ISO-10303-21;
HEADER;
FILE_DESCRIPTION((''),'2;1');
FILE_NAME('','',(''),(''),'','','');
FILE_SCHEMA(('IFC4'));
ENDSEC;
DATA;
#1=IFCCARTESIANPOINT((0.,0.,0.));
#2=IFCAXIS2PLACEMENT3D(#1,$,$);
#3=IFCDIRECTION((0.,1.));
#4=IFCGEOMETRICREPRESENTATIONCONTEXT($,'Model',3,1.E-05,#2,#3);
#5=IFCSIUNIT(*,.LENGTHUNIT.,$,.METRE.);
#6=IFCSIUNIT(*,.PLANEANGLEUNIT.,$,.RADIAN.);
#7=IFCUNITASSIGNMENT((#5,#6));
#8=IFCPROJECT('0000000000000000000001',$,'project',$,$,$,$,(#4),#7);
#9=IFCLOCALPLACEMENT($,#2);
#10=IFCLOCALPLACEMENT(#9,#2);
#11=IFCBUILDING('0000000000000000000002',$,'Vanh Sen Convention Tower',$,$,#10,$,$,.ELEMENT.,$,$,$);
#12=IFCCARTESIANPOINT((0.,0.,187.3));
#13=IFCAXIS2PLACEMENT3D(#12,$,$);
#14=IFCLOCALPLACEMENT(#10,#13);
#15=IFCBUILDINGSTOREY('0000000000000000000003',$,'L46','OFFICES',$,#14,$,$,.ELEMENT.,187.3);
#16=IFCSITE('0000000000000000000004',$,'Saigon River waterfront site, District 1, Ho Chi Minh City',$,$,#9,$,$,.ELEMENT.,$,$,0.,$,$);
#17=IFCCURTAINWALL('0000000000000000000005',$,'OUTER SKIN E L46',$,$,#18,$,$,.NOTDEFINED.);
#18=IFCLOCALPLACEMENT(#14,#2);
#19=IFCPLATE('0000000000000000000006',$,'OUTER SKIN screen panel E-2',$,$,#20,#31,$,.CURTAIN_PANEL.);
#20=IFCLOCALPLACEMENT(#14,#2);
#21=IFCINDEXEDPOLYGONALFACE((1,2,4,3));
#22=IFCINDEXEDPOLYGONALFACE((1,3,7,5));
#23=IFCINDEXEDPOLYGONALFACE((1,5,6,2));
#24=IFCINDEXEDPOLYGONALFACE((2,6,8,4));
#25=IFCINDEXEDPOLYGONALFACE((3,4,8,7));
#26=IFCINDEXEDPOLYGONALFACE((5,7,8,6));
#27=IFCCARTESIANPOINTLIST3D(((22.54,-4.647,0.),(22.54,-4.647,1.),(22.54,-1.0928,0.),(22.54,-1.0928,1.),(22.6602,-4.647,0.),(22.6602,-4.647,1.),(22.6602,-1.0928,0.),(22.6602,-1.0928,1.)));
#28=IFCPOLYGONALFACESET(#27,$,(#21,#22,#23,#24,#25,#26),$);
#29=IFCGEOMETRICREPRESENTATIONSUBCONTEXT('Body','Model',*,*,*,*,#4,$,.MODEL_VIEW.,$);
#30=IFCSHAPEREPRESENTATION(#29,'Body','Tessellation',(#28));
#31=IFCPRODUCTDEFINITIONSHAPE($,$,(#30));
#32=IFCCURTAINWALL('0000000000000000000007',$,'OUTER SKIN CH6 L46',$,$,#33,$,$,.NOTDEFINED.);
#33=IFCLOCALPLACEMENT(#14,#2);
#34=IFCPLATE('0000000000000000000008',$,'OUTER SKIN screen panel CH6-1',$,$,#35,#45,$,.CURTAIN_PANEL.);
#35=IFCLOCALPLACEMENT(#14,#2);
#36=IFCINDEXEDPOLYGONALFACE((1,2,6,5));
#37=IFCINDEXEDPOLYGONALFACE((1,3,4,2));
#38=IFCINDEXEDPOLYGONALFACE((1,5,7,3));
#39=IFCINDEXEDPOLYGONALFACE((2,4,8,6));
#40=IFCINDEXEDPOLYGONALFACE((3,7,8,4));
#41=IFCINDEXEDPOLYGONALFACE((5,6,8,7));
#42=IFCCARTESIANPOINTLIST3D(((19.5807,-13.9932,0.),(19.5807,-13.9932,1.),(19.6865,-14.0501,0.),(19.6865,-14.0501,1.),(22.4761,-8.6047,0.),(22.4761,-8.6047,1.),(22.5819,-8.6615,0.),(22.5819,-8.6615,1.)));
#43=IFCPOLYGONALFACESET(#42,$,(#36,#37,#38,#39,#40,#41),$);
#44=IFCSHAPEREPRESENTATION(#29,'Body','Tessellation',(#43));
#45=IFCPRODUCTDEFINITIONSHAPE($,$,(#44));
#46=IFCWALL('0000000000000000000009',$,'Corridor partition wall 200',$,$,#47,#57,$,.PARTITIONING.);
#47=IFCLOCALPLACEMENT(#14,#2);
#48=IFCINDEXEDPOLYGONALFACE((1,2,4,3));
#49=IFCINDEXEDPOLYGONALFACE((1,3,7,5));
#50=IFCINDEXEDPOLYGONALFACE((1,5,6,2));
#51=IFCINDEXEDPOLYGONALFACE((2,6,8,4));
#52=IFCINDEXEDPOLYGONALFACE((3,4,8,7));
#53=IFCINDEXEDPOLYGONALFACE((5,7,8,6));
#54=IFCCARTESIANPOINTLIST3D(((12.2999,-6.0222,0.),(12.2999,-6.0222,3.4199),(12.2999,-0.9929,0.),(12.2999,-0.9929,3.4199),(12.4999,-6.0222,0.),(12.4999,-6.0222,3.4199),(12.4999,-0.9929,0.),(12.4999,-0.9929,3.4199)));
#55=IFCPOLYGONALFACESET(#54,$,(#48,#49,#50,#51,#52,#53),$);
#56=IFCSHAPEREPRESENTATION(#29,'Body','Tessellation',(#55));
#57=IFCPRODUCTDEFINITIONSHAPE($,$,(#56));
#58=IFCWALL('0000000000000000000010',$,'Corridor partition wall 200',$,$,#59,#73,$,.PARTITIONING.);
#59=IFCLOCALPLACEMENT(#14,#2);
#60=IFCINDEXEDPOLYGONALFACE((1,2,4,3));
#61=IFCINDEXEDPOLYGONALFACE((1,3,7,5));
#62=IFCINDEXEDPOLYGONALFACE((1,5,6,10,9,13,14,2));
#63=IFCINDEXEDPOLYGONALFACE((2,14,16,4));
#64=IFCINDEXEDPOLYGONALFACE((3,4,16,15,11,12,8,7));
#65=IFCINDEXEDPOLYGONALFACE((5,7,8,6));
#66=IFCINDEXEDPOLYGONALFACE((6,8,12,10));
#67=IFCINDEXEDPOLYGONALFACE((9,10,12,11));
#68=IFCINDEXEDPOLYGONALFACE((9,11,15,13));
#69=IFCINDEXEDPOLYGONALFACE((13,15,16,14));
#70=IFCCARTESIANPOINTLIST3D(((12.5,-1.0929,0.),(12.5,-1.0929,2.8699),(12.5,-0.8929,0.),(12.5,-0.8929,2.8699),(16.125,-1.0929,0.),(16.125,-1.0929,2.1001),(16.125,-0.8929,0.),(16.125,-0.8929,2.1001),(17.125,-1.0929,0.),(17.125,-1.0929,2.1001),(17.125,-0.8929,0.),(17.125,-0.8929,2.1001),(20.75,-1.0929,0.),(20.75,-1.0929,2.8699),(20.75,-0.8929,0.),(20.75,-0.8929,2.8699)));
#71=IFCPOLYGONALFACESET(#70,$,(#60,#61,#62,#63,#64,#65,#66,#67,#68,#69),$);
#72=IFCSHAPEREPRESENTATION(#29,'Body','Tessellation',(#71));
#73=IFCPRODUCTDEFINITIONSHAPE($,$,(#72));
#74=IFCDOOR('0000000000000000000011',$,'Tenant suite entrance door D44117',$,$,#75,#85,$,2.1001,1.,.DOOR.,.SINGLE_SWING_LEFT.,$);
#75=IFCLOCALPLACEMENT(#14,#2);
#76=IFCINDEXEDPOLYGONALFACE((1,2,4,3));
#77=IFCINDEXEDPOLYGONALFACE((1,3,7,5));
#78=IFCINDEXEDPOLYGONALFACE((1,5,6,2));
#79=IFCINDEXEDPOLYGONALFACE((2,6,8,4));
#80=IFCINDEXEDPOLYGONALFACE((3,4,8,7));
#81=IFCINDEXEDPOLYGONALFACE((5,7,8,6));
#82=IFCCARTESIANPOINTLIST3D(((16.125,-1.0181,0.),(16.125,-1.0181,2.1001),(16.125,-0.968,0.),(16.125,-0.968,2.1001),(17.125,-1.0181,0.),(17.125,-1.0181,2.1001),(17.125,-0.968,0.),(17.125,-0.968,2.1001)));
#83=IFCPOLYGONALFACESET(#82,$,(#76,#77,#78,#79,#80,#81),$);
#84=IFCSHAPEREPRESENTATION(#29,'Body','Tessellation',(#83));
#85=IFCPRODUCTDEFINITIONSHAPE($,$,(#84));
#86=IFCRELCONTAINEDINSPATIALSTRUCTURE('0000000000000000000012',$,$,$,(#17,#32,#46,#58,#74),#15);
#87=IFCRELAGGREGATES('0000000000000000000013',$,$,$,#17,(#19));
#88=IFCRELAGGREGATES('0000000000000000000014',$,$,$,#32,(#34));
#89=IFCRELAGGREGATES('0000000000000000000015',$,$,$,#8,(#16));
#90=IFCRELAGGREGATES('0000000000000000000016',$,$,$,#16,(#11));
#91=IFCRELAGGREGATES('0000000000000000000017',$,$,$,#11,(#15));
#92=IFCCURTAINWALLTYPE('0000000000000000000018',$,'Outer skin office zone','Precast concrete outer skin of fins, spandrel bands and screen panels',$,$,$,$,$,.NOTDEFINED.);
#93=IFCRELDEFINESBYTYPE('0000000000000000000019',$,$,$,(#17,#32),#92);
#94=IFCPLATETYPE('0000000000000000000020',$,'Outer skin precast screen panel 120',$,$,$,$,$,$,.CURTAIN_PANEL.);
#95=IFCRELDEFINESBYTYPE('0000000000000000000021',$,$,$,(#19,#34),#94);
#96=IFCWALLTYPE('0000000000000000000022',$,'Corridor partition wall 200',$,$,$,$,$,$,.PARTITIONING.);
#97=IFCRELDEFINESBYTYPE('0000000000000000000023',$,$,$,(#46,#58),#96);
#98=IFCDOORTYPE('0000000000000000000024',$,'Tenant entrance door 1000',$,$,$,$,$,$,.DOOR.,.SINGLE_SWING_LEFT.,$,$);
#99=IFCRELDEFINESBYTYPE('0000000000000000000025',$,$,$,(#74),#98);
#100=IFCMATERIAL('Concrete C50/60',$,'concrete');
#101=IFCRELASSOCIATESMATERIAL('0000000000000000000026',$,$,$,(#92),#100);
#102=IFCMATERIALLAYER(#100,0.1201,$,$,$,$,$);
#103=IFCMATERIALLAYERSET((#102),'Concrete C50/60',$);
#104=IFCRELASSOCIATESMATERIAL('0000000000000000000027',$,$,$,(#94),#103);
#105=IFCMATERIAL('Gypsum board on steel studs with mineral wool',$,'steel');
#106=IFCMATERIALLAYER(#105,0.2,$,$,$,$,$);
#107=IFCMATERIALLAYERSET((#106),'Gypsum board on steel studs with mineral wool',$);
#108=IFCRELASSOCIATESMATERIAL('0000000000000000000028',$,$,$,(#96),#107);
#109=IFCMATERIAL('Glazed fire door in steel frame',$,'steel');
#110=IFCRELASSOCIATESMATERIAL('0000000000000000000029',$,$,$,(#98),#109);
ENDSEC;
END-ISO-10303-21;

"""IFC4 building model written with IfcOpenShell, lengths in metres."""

from ifc_helpers import new_model, si_unit, direction, frame, frame_2d, origin, origin_2d, place, context, subcontext, project, spatial, rectangle, extrude, material, layer, layer_set, type_object, element, fill, aggregate, save


model = new_model("IFC4")

# Units and contexts
model_context = context("Model", 3, precision=1e-05, world=origin(), true_north=direction((0.0, 1.0)))
body_context = subcontext(model_context, "Body", "Model", "MODEL_VIEW")
ifc_project = project(units=[si_unit("LENGTHUNIT", "METRE"), si_unit("PLANEANGLEUNIT", "RADIAN")], contexts=[model_context])

# Site, building, storey
site_placement = place(None, origin())
site = spatial("IfcSite", under=ifc_project, at=site_placement, Name="Saigon River waterfront site, District 1, Ho Chi Minh City", CompositionType="ELEMENT", RefElevation=0.0)
building_placement = place(site_placement, origin())
building = spatial("IfcBuilding", under=site, at=building_placement, Name="Vanh Sen Convention Tower", CompositionType="ELEMENT")
storey_placement = place(building_placement, frame((0.0, 0.0, 187.3)))
storey = spatial("IfcBuildingStorey", under=building, at=storey_placement, Name="L46", Description="OFFICES", CompositionType="ELEMENT", Elevation=187.3)

# Curtain wall
ifc_material_1 = material(Name="Concrete C50/60", Category="concrete")
curtain_wall_type = type_object("IfcCurtainWallType", Name="Outer skin office zone", Description="Precast concrete outer skin of fins, spandrel bands and screen panels", PredefinedType="NOTDEFINED", material=ifc_material_1)
curtain_wall_1_placement = place(storey_placement, origin())
curtain_wall_1 = element("IfcCurtainWall", 1, at=curtain_wall_1_placement, inside=storey, type_object=curtain_wall_type, Name="OUTER SKIN E L46", PredefinedType="NOTDEFINED")

# Plate
ifc_layer_1 = layer(ifc_material_1, 0.1201)
ifc_layer_set_1 = layer_set([ifc_layer_1], Name="Concrete C50/60")
plate_type = type_object("IfcPlateType", Name="Outer skin precast screen panel 120", PredefinedType="CURTAIN_PANEL", material=ifc_layer_set_1)
plate_1_placement = place(storey_placement, frame((22.6001, -2.8699, 0.0), z_axis=(0.0, 0.0, 1.0), x_axis=(0.0, 1.0, 0.0)))
plate_1 = element("IfcPlate", 2, at=plate_1_placement, type_object=plate_type, Name="OUTER SKIN screen panel E-2", PredefinedType="CURTAIN_PANEL", context=body_context, shape_type="SweptSolid", body=[
    extrude(rectangle(XDim=3.5542, YDim=0.1201, at=origin_2d()), origin(), (0.0, 0.0, 1.0), 1.0),
])
aggregate(curtain_wall_1, [plate_1])

# Curtain wall, plate
curtain_wall_2_placement = place(storey_placement, origin())
curtain_wall_2 = element("IfcCurtainWall", 3, at=curtain_wall_2_placement, inside=storey, type_object=curtain_wall_type, Name="OUTER SKIN CH6 L46", PredefinedType="NOTDEFINED")
plate_2_placement = place(storey_placement, frame((21.0813, -11.3274, 0.0), z_axis=(0.0, 0.0, 1.0), x_axis=(0.473321, 0.88089, 0.0)))
plate_2 = element("IfcPlate", 4, at=plate_2_placement, type_object=plate_type, Name="OUTER SKIN screen panel CH6-1", PredefinedType="CURTAIN_PANEL", context=body_context, shape_type="SweptSolid", body=[
    extrude(rectangle(XDim=6.1172, YDim=0.1201, at=origin_2d()), origin(), (0.0, 0.0, 1.0), 1.0),
])
aggregate(curtain_wall_2, [plate_2])

# Wall
ifc_material_2 = material(Name="Gypsum board on steel studs with mineral wool", Category="steel")
ifc_layer_2 = layer(ifc_material_2, 0.2)
ifc_layer_set_2 = layer_set([ifc_layer_2], Name="Gypsum board on steel studs with mineral wool")
wall_type_1 = type_object("IfcWallType", Name="Corridor partition wall 200", PredefinedType="PARTITIONING", material=ifc_layer_set_2)
wall_1_placement = place(storey_placement, frame((12.3999, -6.0222, 0.0), z_axis=(0.0, 0.0, 1.0), x_axis=(0.0, 1.0, 0.0)))
element("IfcWall", 5, at=wall_1_placement, inside=storey, type_object=wall_type_1, Name="Corridor partition wall 200", PredefinedType="PARTITIONING", context=body_context, shape_type="SweptSolid", body=[
    extrude(rectangle(XDim=5.0293, YDim=0.2, at=frame_2d((2.5146, 0.0))), origin(), (0.0, 0.0, 1.0), 3.4199),
])

# Wall, opening, door
wall_2_placement = place(storey_placement, frame((12.5, -0.9929, 0.0), z_axis=(0.0, 0.0, 1.0), x_axis=(1.0, 0.0, 0.0)))
wall_2 = element("IfcWall", 6, at=wall_2_placement, inside=storey, type_object=wall_type_1, Name="Corridor partition wall 200", PredefinedType="PARTITIONING", context=body_context, shape_type="SweptSolid", body=[
    extrude(rectangle(XDim=8.25, YDim=0.2, at=frame_2d((4.125, 0.0))), origin(), (0.0, 0.0, 1.0), 2.8699),
])
opening_1_placement = place(wall_2_placement, frame((3.625, 0.0, 0.0)))
opening_1 = element("IfcOpeningElement", 7, at=opening_1_placement, cuts=wall_2, PredefinedType="OPENING", context=body_context, shape_type="SweptSolid", body=[
    extrude(rectangle(XDim=1.0, YDim=2.1001, at=frame_2d((0.5, 1.05))), frame((0.0, 0.1099, 0.0), z_axis=(0.0, -1.0, 0.0), x_axis=(1.0, 0.0, 0.0)), (0.0, 0.0, 1.0), 0.22),
])
ifc_material_3 = material(Name="Glazed fire door in steel frame", Category="steel")
door_type = type_object("IfcDoorType", Name="Tenant entrance door 1000", OperationType="SINGLE_SWING_LEFT", PredefinedType="DOOR", material=ifc_material_3)
door_placement = place(opening_1_placement, origin())
door = element("IfcDoor", 8, at=door_placement, inside=storey, type_object=door_type, Name="Tenant suite entrance door D44117", OperationType="SINGLE_SWING_LEFT", OverallHeight=2.1001, OverallWidth=1.0, PredefinedType="DOOR", context=body_context, shape_type="SweptSolid", body=[
    extrude(rectangle(XDim=1.0, YDim=2.1001, at=frame_2d((0.5, 1.05))), frame((0.0, 0.0249, 0.0), z_axis=(0.0, -1.0, 0.0), x_axis=(1.0, 0.0, 0.0)), (0.0, 0.0, 1.0), 0.05),
])
fill(opening_1, door)

save(model, "model.ifc")
